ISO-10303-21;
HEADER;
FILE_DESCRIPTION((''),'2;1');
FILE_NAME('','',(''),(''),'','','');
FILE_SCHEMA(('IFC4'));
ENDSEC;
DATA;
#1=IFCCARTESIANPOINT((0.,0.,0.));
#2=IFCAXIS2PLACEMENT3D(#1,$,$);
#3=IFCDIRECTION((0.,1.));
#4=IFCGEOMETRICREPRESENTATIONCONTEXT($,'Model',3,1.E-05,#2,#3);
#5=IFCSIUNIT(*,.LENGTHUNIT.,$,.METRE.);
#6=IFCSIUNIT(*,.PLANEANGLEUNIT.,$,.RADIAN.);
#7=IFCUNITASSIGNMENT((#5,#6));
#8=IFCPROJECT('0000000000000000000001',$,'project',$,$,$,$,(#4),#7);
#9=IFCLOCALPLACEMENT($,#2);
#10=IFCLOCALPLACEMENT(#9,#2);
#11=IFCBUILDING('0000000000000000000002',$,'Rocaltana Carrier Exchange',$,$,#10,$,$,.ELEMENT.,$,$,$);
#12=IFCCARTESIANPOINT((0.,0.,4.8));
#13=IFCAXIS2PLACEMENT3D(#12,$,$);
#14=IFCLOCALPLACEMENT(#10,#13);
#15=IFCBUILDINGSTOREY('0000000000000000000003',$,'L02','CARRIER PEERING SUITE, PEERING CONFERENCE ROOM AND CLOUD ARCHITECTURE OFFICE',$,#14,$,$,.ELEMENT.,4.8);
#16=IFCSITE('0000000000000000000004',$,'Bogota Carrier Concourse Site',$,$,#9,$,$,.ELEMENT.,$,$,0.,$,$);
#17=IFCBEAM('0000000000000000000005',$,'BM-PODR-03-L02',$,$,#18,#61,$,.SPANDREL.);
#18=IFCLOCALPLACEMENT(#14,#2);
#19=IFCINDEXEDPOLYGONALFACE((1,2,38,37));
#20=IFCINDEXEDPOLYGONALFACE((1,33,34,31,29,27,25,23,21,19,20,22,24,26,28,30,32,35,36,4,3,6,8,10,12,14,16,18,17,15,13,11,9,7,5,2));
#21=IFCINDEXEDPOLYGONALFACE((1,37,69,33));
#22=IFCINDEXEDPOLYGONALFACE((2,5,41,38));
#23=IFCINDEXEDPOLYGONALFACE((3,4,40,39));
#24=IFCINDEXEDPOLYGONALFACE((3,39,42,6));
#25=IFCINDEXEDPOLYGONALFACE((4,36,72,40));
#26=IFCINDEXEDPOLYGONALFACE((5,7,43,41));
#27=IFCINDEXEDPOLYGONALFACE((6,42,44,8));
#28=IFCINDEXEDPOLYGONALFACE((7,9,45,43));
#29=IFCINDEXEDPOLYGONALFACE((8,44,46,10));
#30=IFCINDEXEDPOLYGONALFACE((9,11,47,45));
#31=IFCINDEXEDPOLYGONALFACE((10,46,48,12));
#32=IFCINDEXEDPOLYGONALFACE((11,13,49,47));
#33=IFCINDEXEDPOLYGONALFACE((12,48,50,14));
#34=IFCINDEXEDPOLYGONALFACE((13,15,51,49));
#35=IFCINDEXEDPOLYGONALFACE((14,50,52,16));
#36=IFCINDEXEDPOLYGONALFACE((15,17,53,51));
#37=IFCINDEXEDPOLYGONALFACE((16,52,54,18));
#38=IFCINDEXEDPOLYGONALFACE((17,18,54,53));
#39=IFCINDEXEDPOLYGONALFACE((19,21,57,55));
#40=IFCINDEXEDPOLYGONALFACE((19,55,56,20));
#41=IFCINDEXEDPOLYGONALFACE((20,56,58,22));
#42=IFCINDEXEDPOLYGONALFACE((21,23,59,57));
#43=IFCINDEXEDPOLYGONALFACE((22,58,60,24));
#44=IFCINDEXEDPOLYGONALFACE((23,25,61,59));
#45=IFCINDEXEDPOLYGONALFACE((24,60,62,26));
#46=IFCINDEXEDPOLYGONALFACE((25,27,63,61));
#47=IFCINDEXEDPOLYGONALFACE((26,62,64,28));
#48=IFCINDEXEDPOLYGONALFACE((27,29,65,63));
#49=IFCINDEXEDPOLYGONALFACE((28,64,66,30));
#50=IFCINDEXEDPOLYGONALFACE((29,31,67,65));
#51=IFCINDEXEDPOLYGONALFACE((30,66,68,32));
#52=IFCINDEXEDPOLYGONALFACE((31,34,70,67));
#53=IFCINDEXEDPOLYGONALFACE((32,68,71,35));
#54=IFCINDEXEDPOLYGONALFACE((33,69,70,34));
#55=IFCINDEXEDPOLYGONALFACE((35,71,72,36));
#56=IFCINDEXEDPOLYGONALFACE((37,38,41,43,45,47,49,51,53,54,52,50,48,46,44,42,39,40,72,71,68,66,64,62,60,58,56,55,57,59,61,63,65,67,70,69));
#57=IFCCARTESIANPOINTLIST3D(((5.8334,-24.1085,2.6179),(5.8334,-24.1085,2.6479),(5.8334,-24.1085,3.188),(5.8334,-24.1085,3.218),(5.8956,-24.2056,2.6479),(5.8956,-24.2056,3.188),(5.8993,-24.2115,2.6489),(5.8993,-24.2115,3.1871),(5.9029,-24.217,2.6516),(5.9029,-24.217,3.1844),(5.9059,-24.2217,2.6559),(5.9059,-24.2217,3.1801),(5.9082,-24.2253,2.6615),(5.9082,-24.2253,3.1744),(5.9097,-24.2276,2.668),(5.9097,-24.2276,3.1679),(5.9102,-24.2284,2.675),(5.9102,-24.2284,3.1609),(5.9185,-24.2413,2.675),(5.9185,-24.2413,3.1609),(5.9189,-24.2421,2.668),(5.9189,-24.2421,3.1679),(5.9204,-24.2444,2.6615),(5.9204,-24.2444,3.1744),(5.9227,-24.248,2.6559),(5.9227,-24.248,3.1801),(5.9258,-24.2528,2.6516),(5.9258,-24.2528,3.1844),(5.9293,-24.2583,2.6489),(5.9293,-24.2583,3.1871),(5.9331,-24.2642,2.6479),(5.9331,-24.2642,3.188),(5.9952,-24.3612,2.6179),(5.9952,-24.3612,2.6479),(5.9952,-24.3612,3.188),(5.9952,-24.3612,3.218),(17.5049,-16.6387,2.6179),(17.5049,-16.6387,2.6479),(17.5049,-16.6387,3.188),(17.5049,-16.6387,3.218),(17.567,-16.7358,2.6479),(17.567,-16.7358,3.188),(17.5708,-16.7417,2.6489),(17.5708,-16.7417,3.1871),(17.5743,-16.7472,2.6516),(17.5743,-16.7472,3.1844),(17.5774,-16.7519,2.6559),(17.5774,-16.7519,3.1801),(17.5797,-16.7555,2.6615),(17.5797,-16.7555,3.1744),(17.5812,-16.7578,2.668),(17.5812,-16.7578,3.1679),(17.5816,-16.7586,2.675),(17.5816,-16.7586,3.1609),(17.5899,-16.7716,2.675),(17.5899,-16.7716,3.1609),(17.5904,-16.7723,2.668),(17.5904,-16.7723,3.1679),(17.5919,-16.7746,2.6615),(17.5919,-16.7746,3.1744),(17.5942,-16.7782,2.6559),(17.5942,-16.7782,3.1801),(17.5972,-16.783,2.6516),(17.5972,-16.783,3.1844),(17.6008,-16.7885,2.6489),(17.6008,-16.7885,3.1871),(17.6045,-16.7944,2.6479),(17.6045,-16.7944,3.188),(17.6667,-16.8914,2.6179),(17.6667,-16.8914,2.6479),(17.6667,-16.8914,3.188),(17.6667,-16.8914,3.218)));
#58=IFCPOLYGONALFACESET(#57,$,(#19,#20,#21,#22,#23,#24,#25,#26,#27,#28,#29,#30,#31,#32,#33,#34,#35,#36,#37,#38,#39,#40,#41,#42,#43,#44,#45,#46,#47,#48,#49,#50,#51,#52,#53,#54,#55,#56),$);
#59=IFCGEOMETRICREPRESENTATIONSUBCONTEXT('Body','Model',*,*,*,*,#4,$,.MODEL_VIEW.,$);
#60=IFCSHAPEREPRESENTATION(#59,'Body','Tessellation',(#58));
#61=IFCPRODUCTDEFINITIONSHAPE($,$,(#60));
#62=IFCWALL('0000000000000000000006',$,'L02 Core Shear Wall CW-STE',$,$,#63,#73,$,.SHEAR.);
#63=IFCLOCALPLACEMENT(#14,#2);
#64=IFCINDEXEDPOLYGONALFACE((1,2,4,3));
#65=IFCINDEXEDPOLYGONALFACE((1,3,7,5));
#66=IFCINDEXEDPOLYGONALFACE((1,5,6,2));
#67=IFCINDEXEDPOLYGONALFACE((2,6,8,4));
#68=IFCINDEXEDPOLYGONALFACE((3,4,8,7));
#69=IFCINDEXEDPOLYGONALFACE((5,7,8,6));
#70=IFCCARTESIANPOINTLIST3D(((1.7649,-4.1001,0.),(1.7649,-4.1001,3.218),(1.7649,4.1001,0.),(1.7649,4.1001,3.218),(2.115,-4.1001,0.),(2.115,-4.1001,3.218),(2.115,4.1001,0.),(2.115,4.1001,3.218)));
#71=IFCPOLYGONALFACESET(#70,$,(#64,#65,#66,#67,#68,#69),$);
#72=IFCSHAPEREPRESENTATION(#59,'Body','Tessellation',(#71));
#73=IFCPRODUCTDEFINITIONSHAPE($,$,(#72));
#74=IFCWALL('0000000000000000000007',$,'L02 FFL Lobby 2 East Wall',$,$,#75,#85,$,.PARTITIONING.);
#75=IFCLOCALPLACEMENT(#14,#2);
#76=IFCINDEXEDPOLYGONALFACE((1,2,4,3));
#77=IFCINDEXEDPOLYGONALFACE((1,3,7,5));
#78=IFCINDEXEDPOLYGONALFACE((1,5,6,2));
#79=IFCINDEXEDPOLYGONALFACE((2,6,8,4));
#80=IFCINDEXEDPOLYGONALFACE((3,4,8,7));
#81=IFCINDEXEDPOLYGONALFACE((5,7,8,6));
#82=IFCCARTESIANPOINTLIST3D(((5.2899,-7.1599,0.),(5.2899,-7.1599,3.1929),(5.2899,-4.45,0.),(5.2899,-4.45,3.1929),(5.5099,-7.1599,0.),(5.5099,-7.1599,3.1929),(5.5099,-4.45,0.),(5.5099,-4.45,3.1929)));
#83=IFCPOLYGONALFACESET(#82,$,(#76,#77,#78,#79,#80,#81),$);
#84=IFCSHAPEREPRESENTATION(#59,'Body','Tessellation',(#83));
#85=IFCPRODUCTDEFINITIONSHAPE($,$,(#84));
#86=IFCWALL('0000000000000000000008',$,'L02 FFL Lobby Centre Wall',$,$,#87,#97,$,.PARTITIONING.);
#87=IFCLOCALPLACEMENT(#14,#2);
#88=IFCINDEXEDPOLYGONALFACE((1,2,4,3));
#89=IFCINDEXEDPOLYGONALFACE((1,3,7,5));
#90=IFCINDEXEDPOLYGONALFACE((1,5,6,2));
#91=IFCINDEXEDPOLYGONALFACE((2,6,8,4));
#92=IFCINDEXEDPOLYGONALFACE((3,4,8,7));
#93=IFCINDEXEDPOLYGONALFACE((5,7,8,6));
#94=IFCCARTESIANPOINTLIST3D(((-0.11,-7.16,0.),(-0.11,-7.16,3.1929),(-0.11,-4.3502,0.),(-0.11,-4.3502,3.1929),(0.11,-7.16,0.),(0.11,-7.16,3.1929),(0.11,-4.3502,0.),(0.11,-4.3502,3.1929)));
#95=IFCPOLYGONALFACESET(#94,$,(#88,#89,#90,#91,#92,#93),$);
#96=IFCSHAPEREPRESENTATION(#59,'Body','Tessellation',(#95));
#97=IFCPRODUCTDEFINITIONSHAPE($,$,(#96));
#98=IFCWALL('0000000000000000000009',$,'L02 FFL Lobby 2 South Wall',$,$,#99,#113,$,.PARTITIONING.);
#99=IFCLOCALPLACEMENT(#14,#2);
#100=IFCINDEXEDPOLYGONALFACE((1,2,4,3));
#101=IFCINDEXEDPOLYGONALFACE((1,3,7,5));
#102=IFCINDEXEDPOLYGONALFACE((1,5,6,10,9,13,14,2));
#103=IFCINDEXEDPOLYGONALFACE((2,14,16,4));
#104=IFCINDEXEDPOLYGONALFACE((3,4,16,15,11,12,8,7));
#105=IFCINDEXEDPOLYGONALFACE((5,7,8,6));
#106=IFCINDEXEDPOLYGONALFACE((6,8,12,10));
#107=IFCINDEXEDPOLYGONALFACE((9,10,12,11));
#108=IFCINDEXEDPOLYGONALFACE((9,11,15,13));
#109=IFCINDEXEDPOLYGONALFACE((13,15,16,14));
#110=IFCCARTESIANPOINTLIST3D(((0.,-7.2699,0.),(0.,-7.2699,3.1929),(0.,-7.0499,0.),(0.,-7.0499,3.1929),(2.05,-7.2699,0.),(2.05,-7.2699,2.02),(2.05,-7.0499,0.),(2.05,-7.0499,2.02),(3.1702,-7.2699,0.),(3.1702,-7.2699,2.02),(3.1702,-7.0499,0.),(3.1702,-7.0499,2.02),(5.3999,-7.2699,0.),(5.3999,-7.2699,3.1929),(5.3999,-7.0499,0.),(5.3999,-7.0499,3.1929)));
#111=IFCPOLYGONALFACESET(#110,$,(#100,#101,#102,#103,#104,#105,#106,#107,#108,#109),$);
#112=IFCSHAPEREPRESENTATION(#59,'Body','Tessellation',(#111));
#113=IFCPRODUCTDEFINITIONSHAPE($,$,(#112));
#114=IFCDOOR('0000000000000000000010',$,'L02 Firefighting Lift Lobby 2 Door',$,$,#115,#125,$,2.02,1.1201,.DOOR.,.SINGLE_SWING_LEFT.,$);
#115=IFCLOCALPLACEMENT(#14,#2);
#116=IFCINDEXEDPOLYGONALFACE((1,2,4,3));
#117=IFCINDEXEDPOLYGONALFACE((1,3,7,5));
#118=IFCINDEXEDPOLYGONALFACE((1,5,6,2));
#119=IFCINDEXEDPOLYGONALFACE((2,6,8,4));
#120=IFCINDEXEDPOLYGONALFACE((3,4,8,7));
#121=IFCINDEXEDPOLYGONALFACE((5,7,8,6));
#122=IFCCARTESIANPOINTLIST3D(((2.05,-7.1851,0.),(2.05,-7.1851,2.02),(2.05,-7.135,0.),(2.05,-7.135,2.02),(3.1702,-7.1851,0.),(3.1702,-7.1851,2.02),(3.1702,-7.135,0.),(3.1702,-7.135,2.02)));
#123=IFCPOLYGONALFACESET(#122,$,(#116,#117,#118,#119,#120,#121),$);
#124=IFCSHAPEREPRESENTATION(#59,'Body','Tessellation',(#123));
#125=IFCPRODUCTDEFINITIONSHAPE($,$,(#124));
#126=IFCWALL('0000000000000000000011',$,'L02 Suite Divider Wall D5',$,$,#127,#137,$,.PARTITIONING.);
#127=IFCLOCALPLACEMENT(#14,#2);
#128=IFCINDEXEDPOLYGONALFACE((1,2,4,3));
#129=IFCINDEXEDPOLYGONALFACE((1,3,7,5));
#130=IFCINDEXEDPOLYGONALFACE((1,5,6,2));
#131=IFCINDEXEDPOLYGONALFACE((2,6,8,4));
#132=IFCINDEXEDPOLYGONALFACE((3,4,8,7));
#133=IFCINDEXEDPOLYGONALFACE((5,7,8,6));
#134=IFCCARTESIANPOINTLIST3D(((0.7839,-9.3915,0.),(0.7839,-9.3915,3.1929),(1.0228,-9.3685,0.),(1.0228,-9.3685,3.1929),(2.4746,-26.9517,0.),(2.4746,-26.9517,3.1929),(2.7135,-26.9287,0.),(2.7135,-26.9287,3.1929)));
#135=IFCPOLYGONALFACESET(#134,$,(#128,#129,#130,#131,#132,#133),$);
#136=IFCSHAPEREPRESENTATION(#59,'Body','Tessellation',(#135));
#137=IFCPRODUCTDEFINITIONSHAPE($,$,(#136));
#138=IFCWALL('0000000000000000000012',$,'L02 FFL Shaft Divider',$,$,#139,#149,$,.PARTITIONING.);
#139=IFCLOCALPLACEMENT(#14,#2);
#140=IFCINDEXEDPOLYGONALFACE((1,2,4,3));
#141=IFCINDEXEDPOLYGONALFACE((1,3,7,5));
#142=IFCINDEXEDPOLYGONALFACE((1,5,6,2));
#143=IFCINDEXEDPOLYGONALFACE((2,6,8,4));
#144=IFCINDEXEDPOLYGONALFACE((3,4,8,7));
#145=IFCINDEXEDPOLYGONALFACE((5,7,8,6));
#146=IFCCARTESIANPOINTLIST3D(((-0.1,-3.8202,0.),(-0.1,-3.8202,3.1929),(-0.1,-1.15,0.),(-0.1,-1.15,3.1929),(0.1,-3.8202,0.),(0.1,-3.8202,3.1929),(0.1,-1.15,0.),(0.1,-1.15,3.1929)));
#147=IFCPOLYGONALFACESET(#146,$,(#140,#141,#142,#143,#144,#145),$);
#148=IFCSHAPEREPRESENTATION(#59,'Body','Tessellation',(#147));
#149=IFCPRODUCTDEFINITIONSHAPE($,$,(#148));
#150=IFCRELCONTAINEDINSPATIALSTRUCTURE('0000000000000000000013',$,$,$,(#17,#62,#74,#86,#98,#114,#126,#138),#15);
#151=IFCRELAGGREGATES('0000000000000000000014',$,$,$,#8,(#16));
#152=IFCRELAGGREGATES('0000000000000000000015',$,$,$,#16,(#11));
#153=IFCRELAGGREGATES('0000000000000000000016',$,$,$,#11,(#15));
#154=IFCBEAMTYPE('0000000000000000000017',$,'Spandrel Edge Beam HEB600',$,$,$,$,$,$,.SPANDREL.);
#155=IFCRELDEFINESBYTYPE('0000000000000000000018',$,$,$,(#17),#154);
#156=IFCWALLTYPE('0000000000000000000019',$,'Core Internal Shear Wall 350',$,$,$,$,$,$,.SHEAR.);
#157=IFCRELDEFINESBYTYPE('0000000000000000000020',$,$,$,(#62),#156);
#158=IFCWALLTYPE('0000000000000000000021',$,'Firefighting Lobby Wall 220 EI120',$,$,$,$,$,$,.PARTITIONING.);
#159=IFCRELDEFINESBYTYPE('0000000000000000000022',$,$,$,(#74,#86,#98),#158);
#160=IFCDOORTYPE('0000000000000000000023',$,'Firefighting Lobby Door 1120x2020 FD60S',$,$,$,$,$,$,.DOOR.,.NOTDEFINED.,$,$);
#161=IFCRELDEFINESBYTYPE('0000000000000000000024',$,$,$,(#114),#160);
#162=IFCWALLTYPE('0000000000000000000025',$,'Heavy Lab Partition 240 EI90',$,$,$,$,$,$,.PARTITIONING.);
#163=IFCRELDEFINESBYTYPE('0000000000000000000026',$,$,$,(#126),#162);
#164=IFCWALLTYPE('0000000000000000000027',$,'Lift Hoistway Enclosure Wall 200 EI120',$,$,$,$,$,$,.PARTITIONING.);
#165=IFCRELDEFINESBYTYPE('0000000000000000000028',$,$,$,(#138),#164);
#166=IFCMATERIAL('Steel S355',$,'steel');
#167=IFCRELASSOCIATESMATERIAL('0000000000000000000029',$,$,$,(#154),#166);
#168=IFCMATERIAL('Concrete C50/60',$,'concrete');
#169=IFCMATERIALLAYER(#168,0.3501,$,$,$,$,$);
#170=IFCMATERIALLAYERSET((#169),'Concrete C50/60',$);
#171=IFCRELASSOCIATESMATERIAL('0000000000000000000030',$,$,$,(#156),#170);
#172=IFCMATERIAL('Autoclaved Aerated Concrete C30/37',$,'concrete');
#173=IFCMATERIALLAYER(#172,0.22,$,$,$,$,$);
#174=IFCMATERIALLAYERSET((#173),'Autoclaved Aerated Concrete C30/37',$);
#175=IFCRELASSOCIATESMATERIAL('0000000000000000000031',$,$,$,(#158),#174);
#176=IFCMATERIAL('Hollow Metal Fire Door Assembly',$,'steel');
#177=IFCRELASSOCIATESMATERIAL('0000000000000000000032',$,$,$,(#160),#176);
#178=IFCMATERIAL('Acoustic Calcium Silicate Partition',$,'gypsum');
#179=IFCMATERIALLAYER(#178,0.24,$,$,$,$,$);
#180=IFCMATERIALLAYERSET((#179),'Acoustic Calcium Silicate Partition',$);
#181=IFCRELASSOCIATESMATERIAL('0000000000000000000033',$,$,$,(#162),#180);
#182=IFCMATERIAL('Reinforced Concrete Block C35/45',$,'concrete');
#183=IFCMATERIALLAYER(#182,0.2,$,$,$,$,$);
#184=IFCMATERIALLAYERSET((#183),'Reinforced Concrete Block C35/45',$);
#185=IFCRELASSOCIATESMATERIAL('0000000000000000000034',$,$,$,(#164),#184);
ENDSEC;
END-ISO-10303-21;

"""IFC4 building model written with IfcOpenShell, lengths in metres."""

from ifc_helpers import new_model, si_unit, direction, frame, frame_2d, origin, origin_2d, place, context, subcontext, project, spatial, rectangle, i_section, extrude, material, layer, layer_set, material_profile, profile_set, type_object, element, fill, save


model = new_model("IFC4")

# Units and contexts
model_context = context("Model", 3, precision=1e-05, world=origin(), true_north=direction((0.0, 1.0)))
body_context = subcontext(model_context, "Body", "Model", "MODEL_VIEW")
ifc_project = project(units=[si_unit("LENGTHUNIT", "METRE"), si_unit("PLANEANGLEUNIT", "RADIAN")], contexts=[model_context])

# Site, building, storey
site_placement = place(None, origin())
site = spatial("IfcSite", under=ifc_project, at=site_placement, Name="Bogota Carrier Concourse Site", CompositionType="ELEMENT", RefElevation=0.0)
building_placement = place(site_placement, origin())
building = spatial("IfcBuilding", under=site, at=building_placement, Name="Rocaltana Carrier Exchange", CompositionType="ELEMENT")
storey_placement = place(building_placement, frame((0.0, 0.0, 4.8)))
storey = spatial("IfcBuildingStorey", under=building, at=storey_placement, Name="L02", Description="CARRIER PEERING SUITE, PEERING CONFERENCE ROOM AND CLOUD ARCHITECTURE OFFICE", CompositionType="ELEMENT", Elevation=4.8)

# Beam
ifc_material_1 = material(Name="Steel S355", Category="steel")
ifc_material_profile_1 = material_profile(ifc_material_1, i_section(OverallWidth=0.3, OverallDepth=0.6001, WebThickness=0.0154, FlangeThickness=0.03, FilletRadius=0.0271, at=origin_2d()), Name="HEB600")
ifc_profile_set_1 = profile_set([ifc_material_profile_1], Name="Steel S355")
beam_type_1 = type_object("IfcBeamType", Name="Spandrel Edge Beam HEB600", PredefinedType="SPANDREL", material=ifc_profile_set_1)
beam_1_placement = place(storey_placement, frame((5.9143, -24.2349, 2.918), z_axis=(0.84227, 0.539056, 0.0), x_axis=(-0.539056, 0.84227, 0.0)))
element("IfcBeam", 1, at=beam_1_placement, inside=storey, type_object=beam_type_1, Name="BM-PODR-03-L02", PredefinedType="SPANDREL", context=body_context, shape_type="SweptSolid", body=[
    extrude(i_section(OverallWidth=0.3, OverallDepth=0.6001, WebThickness=0.0154, FlangeThickness=0.03, FilletRadius=0.0271, at=origin_2d()), origin(), (0.0, 0.0, 1.0), 13.8572),
])

# Walls
ifc_material_2 = material(Name="Concrete C50/60", Category="concrete")
ifc_layer_1 = layer(ifc_material_2, 0.3501)
ifc_layer_set_1 = layer_set([ifc_layer_1], Name="Concrete C50/60")
wall_type_1 = type_object("IfcWallType", Name="Core Internal Shear Wall 350", PredefinedType="SHEAR", material=ifc_layer_set_1)
wall_1_placement = place(storey_placement, frame((1.9399, -4.1001, 0.0), z_axis=(0.0, 0.0, 1.0), x_axis=(0.0, 1.0, 0.0)))
element("IfcWall", 2, at=wall_1_placement, inside=storey, type_object=wall_type_1, Name="L02 Core Shear Wall CW-STE", PredefinedType="SHEAR", context=body_context, shape_type="SweptSolid", body=[
    extrude(rectangle(XDim=8.2002, YDim=0.3501, at=frame_2d((4.1001, 0.0))), origin(), (0.0, 0.0, 1.0), 3.218),
])
ifc_material_3 = material(Name="Autoclaved Aerated Concrete C30/37", Category="concrete")
ifc_layer_2 = layer(ifc_material_3, 0.22)
ifc_layer_set_2 = layer_set([ifc_layer_2], Name="Autoclaved Aerated Concrete C30/37")
wall_type_2 = type_object("IfcWallType", Name="Firefighting Lobby Wall 220 EI120", PredefinedType="PARTITIONING", material=ifc_layer_set_2)
wall_2_placement = place(storey_placement, frame((5.3999, -7.1599, 0.0), z_axis=(0.0, 0.0, 1.0), x_axis=(0.0, 1.0, 0.0)))
element("IfcWall", 3, at=wall_2_placement, inside=storey, type_object=wall_type_2, Name="L02 FFL Lobby 2 East Wall", PredefinedType="PARTITIONING", context=body_context, shape_type="SweptSolid", body=[
    extrude(rectangle(XDim=2.71, YDim=0.22, at=frame_2d((1.355, 0.0))), origin(), (0.0, 0.0, 1.0), 3.1929),
])
wall_3_placement = place(storey_placement, frame((0.0, -7.1599, 0.0), z_axis=(0.0, 0.0, 1.0), x_axis=(0.0, 1.0, 0.0)))
element("IfcWall", 4, at=wall_3_placement, inside=storey, type_object=wall_type_2, Name="L02 FFL Lobby Centre Wall", PredefinedType="PARTITIONING", context=body_context, shape_type="SweptSolid", body=[
    extrude(rectangle(XDim=2.8098, YDim=0.22, at=frame_2d((1.4048, 0.0))), origin(), (0.0, 0.0, 1.0), 3.1929),
])

# Wall, opening, door
wall_4_placement = place(storey_placement, frame((0.0, -7.1599, 0.0), z_axis=(0.0, 0.0, 1.0), x_axis=(1.0, 0.0, 0.0)))
wall_4 = element("IfcWall", 5, at=wall_4_placement, inside=storey, type_object=wall_type_2, Name="L02 FFL Lobby 2 South Wall", PredefinedType="PARTITIONING", context=body_context, shape_type="SweptSolid", body=[
    extrude(rectangle(XDim=5.3999, YDim=0.22, at=frame_2d((2.7, 0.0))), origin(), (0.0, 0.0, 1.0), 3.1929),
])
opening_1_placement = place(wall_4_placement, frame((2.05, 0.0, 0.0)))
opening_1 = element("IfcOpeningElement", 6, at=opening_1_placement, cuts=wall_4, PredefinedType="OPENING", context=body_context, shape_type="SweptSolid", body=[
    extrude(rectangle(XDim=1.1201, YDim=2.02, at=frame_2d((0.5601, 1.01))), frame((0.0, 0.1199, 0.0), z_axis=(0.0, -1.0, 0.0), x_axis=(1.0, 0.0, 0.0)), (0.0, 0.0, 1.0), 0.24),
])
ifc_material_4 = material(Name="Hollow Metal Fire Door Assembly", Category="steel")
door_type = type_object("IfcDoorType", Name="Firefighting Lobby Door 1120x2020 FD60S", OperationType="NOTDEFINED", PredefinedType="DOOR", material=ifc_material_4)
door_placement = place(opening_1_placement, origin())
door = element("IfcDoor", 7, at=door_placement, inside=storey, type_object=door_type, Name="L02 Firefighting Lift Lobby 2 Door", OperationType="SINGLE_SWING_LEFT", OverallHeight=2.02, OverallWidth=1.1201, PredefinedType="DOOR", context=body_context, shape_type="SweptSolid", body=[
    extrude(rectangle(XDim=1.1201, YDim=2.02, at=frame_2d((0.5601, 1.01))), frame((0.0, 0.0249, 0.0), z_axis=(0.0, -1.0, 0.0), x_axis=(1.0, 0.0, 0.0)), (0.0, 0.0, 1.0), 0.05),
])
fill(opening_1, door)

# Walls
ifc_material_5 = material(Name="Acoustic Calcium Silicate Partition", Category="gypsum")
ifc_layer_3 = layer(ifc_material_5, 0.24)
ifc_layer_set_3 = layer_set([ifc_layer_3], Name="Acoustic Calcium Silicate Partition")
wall_type_3 = type_object("IfcWallType", Name="Heavy Lab Partition 240 EI90", PredefinedType="PARTITIONING", material=ifc_layer_set_3)
wall_5_placement = place(storey_placement, frame((0.9033, -9.3799, 0.0), z_axis=(0.0, 0.0, 1.0), x_axis=(0.095836, -0.995397, 0.0)))
element("IfcWall", 8, at=wall_5_placement, inside=storey, type_object=wall_type_3, Name="L02 Suite Divider Wall D5", PredefinedType="PARTITIONING", context=body_context, shape_type="SweptSolid", body=[
    extrude(rectangle(XDim=17.6414, YDim=0.24, at=frame_2d((8.8208, 0.0))), origin(), (0.0, 0.0, 1.0), 3.1929),
])
ifc_material_6 = material(Name="Reinforced Concrete Block C35/45", Category="concrete")
ifc_layer_4 = layer(ifc_material_6, 0.2)
ifc_layer_set_4 = layer_set([ifc_layer_4], Name="Reinforced Concrete Block C35/45")
wall_type_4 = type_object("IfcWallType", Name="Lift Hoistway Enclosure Wall 200 EI120", PredefinedType="PARTITIONING", material=ifc_layer_set_4)
wall_6_placement = place(storey_placement, frame((0.0, -3.8201, 0.0), z_axis=(0.0, 0.0, 1.0), x_axis=(0.0, 1.0, 0.0)))
element("IfcWall", 9, at=wall_6_placement, inside=storey, type_object=wall_type_4, Name="L02 FFL Shaft Divider", PredefinedType="PARTITIONING", context=body_context, shape_type="SweptSolid", body=[
    extrude(rectangle(XDim=2.6702, YDim=0.2, at=frame_2d((1.335, 0.0))), origin(), (0.0, 0.0, 1.0), 3.1929),
])

save(model, "model.ifc")
